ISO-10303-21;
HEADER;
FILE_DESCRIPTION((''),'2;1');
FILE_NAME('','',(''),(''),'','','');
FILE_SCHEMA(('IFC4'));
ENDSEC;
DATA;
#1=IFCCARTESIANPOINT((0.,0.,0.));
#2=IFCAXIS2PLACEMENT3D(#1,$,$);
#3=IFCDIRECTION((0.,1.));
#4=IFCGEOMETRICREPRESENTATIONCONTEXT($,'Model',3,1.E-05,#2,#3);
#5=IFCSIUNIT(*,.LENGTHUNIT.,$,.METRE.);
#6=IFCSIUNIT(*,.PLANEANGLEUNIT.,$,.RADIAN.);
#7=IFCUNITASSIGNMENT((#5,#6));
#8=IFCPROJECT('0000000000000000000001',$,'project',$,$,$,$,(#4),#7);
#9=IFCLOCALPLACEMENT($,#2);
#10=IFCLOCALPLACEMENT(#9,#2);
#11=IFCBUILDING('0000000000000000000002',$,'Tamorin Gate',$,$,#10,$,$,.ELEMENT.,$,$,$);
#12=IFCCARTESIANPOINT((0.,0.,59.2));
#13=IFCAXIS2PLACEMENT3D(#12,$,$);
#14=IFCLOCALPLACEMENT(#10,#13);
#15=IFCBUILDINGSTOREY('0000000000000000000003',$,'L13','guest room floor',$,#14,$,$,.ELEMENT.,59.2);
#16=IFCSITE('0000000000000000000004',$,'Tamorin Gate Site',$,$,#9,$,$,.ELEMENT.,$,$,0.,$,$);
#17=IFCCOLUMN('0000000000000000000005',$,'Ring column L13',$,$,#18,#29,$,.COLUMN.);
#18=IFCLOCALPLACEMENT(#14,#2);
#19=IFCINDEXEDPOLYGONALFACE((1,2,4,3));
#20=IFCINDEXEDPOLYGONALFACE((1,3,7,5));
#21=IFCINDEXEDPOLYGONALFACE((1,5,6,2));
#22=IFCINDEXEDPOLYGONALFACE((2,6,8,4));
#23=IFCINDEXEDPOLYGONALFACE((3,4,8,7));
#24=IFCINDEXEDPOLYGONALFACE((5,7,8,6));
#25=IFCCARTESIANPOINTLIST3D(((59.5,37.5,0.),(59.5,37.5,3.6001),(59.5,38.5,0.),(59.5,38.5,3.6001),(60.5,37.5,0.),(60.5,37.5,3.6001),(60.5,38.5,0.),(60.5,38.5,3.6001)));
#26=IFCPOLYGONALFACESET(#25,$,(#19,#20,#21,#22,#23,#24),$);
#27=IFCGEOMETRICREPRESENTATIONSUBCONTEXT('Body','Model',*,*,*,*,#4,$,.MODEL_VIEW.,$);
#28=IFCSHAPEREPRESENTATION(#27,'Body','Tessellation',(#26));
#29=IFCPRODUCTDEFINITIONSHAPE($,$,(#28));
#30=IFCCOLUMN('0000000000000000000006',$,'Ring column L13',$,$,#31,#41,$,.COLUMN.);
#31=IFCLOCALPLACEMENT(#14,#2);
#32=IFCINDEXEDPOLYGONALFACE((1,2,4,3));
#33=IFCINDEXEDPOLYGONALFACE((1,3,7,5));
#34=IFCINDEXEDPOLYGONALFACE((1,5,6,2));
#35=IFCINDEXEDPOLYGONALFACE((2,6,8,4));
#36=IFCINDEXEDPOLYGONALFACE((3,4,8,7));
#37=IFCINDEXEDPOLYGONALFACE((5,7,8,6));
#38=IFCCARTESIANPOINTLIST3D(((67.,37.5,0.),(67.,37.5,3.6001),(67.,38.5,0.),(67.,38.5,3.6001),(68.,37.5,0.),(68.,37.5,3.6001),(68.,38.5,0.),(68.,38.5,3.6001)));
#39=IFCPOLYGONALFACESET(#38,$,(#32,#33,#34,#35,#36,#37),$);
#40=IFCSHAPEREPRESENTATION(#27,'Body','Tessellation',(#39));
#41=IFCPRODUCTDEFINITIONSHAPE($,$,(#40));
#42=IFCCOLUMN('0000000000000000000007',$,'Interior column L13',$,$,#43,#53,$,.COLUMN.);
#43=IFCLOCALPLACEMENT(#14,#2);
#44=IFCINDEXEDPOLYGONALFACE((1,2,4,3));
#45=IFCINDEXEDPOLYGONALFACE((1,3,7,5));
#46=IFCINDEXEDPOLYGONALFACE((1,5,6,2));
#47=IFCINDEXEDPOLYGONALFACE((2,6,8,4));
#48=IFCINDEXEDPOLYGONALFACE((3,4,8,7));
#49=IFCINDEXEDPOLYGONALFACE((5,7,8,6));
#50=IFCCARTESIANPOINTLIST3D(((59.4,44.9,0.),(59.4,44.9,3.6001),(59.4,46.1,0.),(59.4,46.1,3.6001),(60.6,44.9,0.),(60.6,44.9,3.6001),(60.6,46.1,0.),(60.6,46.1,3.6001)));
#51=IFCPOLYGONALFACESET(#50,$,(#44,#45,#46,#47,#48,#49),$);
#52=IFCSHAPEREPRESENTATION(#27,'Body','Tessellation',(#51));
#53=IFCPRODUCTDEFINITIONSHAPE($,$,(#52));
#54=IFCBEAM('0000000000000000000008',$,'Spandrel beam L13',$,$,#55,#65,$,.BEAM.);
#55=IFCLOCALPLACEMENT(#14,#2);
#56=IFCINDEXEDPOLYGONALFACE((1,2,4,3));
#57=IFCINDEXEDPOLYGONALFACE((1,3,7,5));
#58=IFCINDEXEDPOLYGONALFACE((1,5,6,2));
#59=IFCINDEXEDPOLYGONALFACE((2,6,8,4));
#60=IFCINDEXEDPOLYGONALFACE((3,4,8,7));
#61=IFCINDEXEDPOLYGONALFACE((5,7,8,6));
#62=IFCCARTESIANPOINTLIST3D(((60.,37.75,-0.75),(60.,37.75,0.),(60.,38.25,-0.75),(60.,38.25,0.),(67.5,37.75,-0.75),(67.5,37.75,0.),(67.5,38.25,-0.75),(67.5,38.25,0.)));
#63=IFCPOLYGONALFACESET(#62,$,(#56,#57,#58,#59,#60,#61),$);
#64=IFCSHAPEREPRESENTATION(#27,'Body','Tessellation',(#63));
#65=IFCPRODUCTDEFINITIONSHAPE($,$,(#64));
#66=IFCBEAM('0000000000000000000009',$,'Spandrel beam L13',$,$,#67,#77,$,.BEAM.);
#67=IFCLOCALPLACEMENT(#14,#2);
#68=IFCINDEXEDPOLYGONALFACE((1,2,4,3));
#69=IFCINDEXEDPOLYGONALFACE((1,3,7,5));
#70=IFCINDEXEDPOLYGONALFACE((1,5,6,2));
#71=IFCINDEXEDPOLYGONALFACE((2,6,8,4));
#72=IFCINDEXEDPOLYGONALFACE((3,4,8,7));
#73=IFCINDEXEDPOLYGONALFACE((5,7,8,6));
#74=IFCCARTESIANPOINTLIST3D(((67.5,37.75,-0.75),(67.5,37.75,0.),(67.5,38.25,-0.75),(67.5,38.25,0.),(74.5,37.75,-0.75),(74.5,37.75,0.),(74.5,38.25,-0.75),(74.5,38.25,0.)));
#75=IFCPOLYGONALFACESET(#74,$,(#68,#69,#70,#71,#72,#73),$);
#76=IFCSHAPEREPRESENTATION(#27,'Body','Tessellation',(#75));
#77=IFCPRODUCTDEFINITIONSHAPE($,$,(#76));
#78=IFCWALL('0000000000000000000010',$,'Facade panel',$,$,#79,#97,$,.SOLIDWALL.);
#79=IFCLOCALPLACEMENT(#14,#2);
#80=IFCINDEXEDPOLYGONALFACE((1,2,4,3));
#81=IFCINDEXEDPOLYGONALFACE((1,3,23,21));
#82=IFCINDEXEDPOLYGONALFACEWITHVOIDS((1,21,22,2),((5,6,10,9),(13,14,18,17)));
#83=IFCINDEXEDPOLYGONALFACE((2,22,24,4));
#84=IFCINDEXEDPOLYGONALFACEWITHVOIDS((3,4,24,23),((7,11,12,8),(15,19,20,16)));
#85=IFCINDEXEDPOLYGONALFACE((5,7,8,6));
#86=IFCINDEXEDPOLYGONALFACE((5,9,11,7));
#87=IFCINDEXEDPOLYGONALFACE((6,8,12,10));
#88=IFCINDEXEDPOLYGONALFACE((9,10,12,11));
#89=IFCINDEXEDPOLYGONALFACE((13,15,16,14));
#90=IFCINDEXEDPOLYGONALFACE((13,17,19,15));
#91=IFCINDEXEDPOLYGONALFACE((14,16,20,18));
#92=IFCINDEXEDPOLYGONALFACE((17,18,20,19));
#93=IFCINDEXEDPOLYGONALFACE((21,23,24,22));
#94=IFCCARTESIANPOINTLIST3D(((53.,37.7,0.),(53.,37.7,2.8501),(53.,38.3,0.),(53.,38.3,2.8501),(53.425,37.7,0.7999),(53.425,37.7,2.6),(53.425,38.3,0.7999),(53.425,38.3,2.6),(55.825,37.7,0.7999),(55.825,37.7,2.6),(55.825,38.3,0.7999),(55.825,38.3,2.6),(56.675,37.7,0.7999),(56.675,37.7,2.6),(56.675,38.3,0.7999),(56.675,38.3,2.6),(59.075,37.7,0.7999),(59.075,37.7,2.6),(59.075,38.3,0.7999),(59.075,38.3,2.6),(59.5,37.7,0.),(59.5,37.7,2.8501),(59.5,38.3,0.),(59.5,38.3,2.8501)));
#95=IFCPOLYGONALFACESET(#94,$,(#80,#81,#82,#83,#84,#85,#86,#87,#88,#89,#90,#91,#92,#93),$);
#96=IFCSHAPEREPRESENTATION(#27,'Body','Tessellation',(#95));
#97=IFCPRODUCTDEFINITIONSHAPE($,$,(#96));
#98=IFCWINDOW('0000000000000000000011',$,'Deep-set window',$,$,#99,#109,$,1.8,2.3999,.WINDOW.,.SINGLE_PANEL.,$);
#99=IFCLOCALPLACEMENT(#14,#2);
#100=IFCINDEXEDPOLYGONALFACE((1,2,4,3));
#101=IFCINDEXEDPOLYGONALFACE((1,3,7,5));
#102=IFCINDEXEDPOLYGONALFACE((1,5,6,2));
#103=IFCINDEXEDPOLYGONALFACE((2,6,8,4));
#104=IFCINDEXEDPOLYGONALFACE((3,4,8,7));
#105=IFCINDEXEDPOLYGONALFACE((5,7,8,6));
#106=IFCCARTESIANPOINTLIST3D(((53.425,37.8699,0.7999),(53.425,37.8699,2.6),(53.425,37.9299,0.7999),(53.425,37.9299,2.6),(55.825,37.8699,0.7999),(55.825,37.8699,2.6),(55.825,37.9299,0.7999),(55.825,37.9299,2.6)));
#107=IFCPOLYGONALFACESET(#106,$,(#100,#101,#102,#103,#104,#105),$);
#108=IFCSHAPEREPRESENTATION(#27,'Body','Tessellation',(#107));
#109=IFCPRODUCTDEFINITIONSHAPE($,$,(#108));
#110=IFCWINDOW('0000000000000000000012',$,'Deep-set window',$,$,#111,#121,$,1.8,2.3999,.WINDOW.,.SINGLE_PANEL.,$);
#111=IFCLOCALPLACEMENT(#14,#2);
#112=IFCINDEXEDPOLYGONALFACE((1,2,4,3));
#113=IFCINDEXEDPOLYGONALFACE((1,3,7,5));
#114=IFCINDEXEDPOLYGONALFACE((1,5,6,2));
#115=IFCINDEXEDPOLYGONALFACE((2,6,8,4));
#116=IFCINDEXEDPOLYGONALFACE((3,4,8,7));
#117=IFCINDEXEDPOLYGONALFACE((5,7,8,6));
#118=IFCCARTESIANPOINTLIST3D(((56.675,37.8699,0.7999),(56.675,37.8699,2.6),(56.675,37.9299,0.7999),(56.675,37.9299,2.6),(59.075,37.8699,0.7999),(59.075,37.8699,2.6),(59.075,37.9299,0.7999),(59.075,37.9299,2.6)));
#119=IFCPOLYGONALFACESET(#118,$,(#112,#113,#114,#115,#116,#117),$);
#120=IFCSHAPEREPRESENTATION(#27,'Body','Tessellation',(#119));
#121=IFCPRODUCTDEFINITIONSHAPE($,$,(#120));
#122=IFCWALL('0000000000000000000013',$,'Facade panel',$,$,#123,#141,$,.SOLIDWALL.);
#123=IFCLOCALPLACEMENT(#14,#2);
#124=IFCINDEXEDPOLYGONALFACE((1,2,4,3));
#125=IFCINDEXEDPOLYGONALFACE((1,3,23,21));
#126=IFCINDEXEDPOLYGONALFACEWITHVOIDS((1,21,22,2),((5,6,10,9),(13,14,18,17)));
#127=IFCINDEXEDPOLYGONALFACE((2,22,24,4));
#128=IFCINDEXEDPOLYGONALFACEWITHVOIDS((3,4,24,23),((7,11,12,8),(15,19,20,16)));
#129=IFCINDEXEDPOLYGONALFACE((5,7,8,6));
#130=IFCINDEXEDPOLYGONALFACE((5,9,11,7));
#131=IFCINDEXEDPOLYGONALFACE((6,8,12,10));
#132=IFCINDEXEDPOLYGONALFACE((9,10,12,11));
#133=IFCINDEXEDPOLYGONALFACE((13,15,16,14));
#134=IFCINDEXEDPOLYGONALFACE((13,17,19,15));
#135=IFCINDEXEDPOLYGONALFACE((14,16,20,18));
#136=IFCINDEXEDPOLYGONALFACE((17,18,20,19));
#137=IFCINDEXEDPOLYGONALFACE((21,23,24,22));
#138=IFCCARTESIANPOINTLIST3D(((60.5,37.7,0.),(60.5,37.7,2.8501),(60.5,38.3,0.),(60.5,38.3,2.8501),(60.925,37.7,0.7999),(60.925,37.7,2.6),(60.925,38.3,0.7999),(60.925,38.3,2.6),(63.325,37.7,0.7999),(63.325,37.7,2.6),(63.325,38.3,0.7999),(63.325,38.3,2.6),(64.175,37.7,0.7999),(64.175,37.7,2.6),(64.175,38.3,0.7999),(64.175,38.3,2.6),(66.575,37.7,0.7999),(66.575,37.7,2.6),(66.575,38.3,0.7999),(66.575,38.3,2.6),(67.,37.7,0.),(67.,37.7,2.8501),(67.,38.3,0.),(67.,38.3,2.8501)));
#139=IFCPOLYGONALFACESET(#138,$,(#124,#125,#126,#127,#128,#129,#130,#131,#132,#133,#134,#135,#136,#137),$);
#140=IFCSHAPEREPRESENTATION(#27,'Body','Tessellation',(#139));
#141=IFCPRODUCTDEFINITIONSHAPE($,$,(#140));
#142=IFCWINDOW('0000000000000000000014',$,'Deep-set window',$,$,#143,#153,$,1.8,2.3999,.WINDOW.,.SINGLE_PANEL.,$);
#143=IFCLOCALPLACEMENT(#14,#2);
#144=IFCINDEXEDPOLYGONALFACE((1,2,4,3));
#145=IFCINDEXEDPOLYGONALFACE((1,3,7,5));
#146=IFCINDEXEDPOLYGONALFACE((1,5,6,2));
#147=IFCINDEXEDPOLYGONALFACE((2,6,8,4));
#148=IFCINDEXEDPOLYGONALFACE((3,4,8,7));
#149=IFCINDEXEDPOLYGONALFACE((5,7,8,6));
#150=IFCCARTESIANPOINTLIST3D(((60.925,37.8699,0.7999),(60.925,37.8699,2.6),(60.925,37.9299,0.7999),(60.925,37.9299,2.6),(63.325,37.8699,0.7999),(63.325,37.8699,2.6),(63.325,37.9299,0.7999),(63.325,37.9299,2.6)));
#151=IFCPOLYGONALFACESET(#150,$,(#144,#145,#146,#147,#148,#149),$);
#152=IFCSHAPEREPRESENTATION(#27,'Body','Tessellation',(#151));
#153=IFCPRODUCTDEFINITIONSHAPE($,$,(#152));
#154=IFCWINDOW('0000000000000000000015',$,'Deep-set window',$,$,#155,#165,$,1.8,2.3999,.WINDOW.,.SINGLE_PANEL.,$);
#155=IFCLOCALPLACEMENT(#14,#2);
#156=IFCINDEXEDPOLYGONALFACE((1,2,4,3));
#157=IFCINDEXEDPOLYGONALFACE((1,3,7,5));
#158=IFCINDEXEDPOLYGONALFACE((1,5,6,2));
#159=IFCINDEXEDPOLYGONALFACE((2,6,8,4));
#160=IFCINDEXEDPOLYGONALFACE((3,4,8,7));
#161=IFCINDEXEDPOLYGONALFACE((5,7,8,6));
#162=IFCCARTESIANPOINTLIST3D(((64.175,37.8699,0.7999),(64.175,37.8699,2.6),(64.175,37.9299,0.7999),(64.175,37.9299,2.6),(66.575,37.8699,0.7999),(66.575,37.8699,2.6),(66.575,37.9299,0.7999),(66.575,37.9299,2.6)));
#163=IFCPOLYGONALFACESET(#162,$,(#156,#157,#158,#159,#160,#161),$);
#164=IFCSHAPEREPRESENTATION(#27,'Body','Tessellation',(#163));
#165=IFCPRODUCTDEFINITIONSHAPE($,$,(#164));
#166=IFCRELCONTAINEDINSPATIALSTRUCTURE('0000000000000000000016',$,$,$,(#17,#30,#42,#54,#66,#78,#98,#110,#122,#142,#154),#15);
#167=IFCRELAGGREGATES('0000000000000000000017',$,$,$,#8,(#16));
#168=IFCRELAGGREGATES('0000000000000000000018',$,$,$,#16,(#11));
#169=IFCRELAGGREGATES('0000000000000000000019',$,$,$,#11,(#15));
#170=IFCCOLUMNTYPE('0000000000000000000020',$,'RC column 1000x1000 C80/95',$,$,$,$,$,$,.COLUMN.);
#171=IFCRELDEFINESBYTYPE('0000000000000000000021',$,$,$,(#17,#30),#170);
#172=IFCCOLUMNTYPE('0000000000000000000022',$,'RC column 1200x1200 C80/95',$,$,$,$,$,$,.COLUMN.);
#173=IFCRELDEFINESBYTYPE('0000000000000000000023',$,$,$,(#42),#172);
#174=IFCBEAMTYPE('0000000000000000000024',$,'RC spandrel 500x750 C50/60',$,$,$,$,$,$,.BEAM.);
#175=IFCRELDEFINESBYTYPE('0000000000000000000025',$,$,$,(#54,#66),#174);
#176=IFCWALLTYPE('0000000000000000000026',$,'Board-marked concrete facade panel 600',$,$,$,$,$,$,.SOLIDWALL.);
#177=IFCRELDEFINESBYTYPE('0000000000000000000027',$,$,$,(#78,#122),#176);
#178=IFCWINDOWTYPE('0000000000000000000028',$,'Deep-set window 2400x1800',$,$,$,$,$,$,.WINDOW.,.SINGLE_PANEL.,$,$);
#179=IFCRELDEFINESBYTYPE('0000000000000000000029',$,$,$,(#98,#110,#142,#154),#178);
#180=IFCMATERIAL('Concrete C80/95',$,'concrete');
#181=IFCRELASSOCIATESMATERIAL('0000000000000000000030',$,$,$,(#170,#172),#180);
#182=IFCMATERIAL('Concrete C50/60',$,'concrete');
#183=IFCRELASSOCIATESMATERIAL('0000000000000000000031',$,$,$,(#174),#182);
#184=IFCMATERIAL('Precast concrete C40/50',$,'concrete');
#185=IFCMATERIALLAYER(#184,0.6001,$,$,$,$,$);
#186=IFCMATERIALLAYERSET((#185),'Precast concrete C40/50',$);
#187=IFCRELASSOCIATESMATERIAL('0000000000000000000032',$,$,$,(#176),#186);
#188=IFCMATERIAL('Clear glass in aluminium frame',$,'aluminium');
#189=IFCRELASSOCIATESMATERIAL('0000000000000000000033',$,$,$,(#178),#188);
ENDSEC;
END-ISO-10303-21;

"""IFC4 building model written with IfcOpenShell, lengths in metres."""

from ifc_helpers import new_model, si_unit, direction, frame, frame_2d, origin, origin_2d, place, context, subcontext, project, spatial, rectangle, extrude, material, layer, layer_set, material_profile, profile_set, type_object, element, fill, save


model = new_model("IFC4")

# Units and contexts
model_context = context("Model", 3, precision=1e-05, world=origin(), true_north=direction((0.0, 1.0)))
body_context = subcontext(model_context, "Body", "Model", "MODEL_VIEW")
ifc_project = project(units=[si_unit("LENGTHUNIT", "METRE"), si_unit("PLANEANGLEUNIT", "RADIAN")], contexts=[model_context])

# Site, building, storey
site_placement = place(None, origin())
site = spatial("IfcSite", under=ifc_project, at=site_placement, Name="Tamorin Gate Site", CompositionType="ELEMENT", RefElevation=0.0)
building_placement = place(site_placement, origin())
building = spatial("IfcBuilding", under=site, at=building_placement, Name="Tamorin Gate", CompositionType="ELEMENT")
storey_placement = place(building_placement, frame((0.0, 0.0, 59.2)))
storey = spatial("IfcBuildingStorey", under=building, at=storey_placement, Name="L13", Description="guest room floor", CompositionType="ELEMENT", Elevation=59.2)

# Columns
ifc_material_1 = material(Name="Concrete C80/95", Category="concrete")
ifc_material_profile_1 = material_profile(ifc_material_1, rectangle(XDim=1.0, YDim=1.0, at=origin_2d()), Name="RC 1000x1000")
ifc_profile_set_1 = profile_set([ifc_material_profile_1], Name="Concrete C80/95")
column_type_1 = type_object("IfcColumnType", Name="RC column 1000x1000 C80/95", PredefinedType="COLUMN", material=ifc_profile_set_1)
for number, where, z_axis, x_axis, name in (
    (1, (60.0, 38.0, 0.0), (0.0, 0.0, 1.0), (1.0, 0.0, 0.0), "Ring column L13"),
    (2, (67.5, 38.0, 0.0), (0.0, 0.0, 1.0), (1.0, 0.0, 0.0), "Ring column L13"),
):
    element("IfcColumn", number, at=place(storey_placement, frame(where, z_axis=z_axis, x_axis=x_axis)), inside=storey, type_object=column_type_1, Name=name, PredefinedType="COLUMN", context=body_context, shape_type="SweptSolid", body=[
        extrude(rectangle(XDim=1.0, YDim=1.0, at=origin_2d()), origin(), (0.0, 0.0, 1.0), 3.6001),
    ])
ifc_material_profile_2 = material_profile(ifc_material_1, rectangle(XDim=1.2, YDim=1.2, at=origin_2d()), Name="RC 1200x1200")
ifc_profile_set_2 = profile_set([ifc_material_profile_2], Name="Concrete C80/95")
column_type_2 = type_object("IfcColumnType", Name="RC column 1200x1200 C80/95", PredefinedType="COLUMN", material=ifc_profile_set_2)
column_placement = place(storey_placement, frame((60.0, 45.5, 0.0), z_axis=(0.0, 0.0, 1.0), x_axis=(1.0, 0.0, 0.0)))
element("IfcColumn", 3, at=column_placement, inside=storey, type_object=column_type_2, Name="Interior column L13", PredefinedType="COLUMN", context=body_context, shape_type="SweptSolid", body=[
    extrude(rectangle(XDim=1.2, YDim=1.2, at=origin_2d()), origin(), (0.0, 0.0, 1.0), 3.6001),
])

# Beams
ifc_material_2 = material(Name="Concrete C50/60", Category="concrete")
ifc_material_profile_3 = material_profile(ifc_material_2, rectangle(XDim=0.5, YDim=0.75, at=origin_2d()), Name="RC 500x750")
ifc_profile_set_3 = profile_set([ifc_material_profile_3], Name="Concrete C50/60")
beam_type = type_object("IfcBeamType", Name="RC spandrel 500x750 C50/60", PredefinedType="BEAM", material=ifc_profile_set_3)
beam_1_placement = place(storey_placement, frame((60.0, 38.0, -0.375), z_axis=(1.0, 0.0, 0.0), x_axis=(0.0, 1.0, 0.0)))
element("IfcBeam", 4, at=beam_1_placement, inside=storey, type_object=beam_type, Name="Spandrel beam L13", PredefinedType="BEAM", context=body_context, shape_type="SweptSolid", body=[
    extrude(rectangle(XDim=0.5, YDim=0.75, at=origin_2d()), origin(), (0.0, 0.0, 1.0), 7.5),
])
beam_2_placement = place(storey_placement, frame((67.5, 38.0, -0.375), z_axis=(1.0, 0.0, 0.0), x_axis=(0.0, 1.0, 0.0)))
element("IfcBeam", 5, at=beam_2_placement, inside=storey, type_object=beam_type, Name="Spandrel beam L13", PredefinedType="BEAM", context=body_context, shape_type="SweptSolid", body=[
    extrude(rectangle(XDim=0.5, YDim=0.75, at=origin_2d()), origin(), (0.0, 0.0, 1.0), 7.0),
])

# Walls, openings, windows
ifc_material_3 = material(Name="Precast concrete C40/50", Category="concrete")
ifc_layer_1 = layer(ifc_material_3, 0.6001)
ifc_layer_set_1 = layer_set([ifc_layer_1], Name="Precast concrete C40/50")
wall_type_1 = type_object("IfcWallType", Name="Board-marked concrete facade panel 600", PredefinedType="SOLIDWALL", material=ifc_layer_set_1)
wall_1_placement = place(storey_placement, frame((53.0, 38.0, 0.0), z_axis=(0.0, 0.0, 1.0), x_axis=(1.0, 0.0, 0.0)))
wall_1 = element("IfcWall", 6, at=wall_1_placement, inside=storey, type_object=wall_type_1, Name="Facade panel", PredefinedType="SOLIDWALL", context=body_context, shape_type="SweptSolid", body=[
    extrude(rectangle(XDim=6.5, YDim=0.6001, at=frame_2d((3.25, 0.0))), origin(), (0.0, 0.0, 1.0), 2.8501),
])
opening_1_placement = place(wall_1_placement, frame((0.425, 0.0, 0.8)))
opening_1 = element("IfcOpeningElement", 7, at=opening_1_placement, cuts=wall_1, PredefinedType="OPENING", context=body_context, shape_type="SweptSolid", body=[
    extrude(rectangle(XDim=2.3999, YDim=1.8, at=frame_2d((1.2, 0.8999))), frame((0.0, 0.3101, 0.0), z_axis=(0.0, -1.0, 0.0), x_axis=(1.0, 0.0, 0.0)), (0.0, 0.0, 1.0), 0.6201),
])
opening_2_placement = place(wall_1_placement, frame((3.675, 0.0, 0.8)))
opening_2 = element("IfcOpeningElement", 8, at=opening_2_placement, cuts=wall_1, PredefinedType="OPENING", context=body_context, shape_type="SweptSolid", body=[
    extrude(rectangle(XDim=2.3999, YDim=1.8, at=frame_2d((1.2, 0.8999))), frame((0.0, 0.3101, 0.0), z_axis=(0.0, -1.0, 0.0), x_axis=(1.0, 0.0, 0.0)), (0.0, 0.0, 1.0), 0.6201),
])
ifc_material_4 = material(Name="Clear glass in aluminium frame", Category="aluminium")
window_type = type_object("IfcWindowType", Name="Deep-set window 2400x1800", PartitioningType="SINGLE_PANEL", PredefinedType="WINDOW", material=ifc_material_4)
window_1_placement = place(opening_1_placement, origin())
window_1 = element("IfcWindow", 9, at=window_1_placement, inside=storey, type_object=window_type, Name="Deep-set window", OverallHeight=1.8, OverallWidth=2.3999, PartitioningType="SINGLE_PANEL", PredefinedType="WINDOW", context=body_context, shape_type="SweptSolid", body=[
    extrude(rectangle(XDim=2.3999, YDim=1.8, at=frame_2d((1.2, 0.8999))), frame((0.0, -0.0701, 0.0), z_axis=(0.0, -1.0, 0.0), x_axis=(1.0, 0.0, 0.0)), (0.0, 0.0, 1.0), 0.0601),
])
fill(opening_1, window_1)
window_2_placement = place(opening_2_placement, origin())
window_2 = element("IfcWindow", 10, at=window_2_placement, inside=storey, type_object=window_type, Name="Deep-set window", OverallHeight=1.8, OverallWidth=2.3999, PartitioningType="SINGLE_PANEL", PredefinedType="WINDOW", context=body_context, shape_type="SweptSolid", body=[
    extrude(rectangle(XDim=2.3999, YDim=1.8, at=frame_2d((1.2, 0.8999))), frame((0.0, -0.0701, 0.0), z_axis=(0.0, -1.0, 0.0), x_axis=(1.0, 0.0, 0.0)), (0.0, 0.0, 1.0), 0.0601),
])
fill(opening_2, window_2)
wall_2_placement = place(storey_placement, frame((60.5, 38.0, 0.0), z_axis=(0.0, 0.0, 1.0), x_axis=(1.0, 0.0, 0.0)))
wall_2 = element("IfcWall", 11, at=wall_2_placement, inside=storey, type_object=wall_type_1, Name="Facade panel", PredefinedType="SOLIDWALL", context=body_context, shape_type="SweptSolid", body=[
    extrude(rectangle(XDim=6.5, YDim=0.6001, at=frame_2d((3.25, 0.0))), origin(), (0.0, 0.0, 1.0), 2.8501),
])
opening_3_placement = place(wall_2_placement, frame((0.425, 0.0, 0.8)))
opening_3 = element("IfcOpeningElement", 12, at=opening_3_placement, cuts=wall_2, PredefinedType="OPENING", context=body_context, shape_type="SweptSolid", body=[
    extrude(rectangle(XDim=2.3999, YDim=1.8, at=frame_2d((1.2, 0.8999))), frame((0.0, 0.3101, 0.0), z_axis=(0.0, -1.0, 0.0), x_axis=(1.0, 0.0, 0.0)), (0.0, 0.0, 1.0), 0.6201),
])
opening_4_placement = place(wall_2_placement, frame((3.675, 0.0, 0.8)))
opening_4 = element("IfcOpeningElement", 13, at=opening_4_placement, cuts=wall_2, PredefinedType="OPENING", context=body_context, shape_type="SweptSolid", body=[
    extrude(rectangle(XDim=2.3999, YDim=1.8, at=frame_2d((1.2, 0.8999))), frame((0.0, 0.3101, 0.0), z_axis=(0.0, -1.0, 0.0), x_axis=(1.0, 0.0, 0.0)), (0.0, 0.0, 1.0), 0.6201),
])
window_3_placement = place(opening_3_placement, origin())
window_3 = element("IfcWindow", 14, at=window_3_placement, inside=storey, type_object=window_type, Name="Deep-set window", OverallHeight=1.8, OverallWidth=2.3999, PartitioningType="SINGLE_PANEL", PredefinedType="WINDOW", context=body_context, shape_type="SweptSolid", body=[
    extrude(rectangle(XDim=2.3999, YDim=1.8, at=frame_2d((1.2, 0.8999))), frame((0.0, -0.0701, 0.0), z_axis=(0.0, -1.0, 0.0), x_axis=(1.0, 0.0, 0.0)), (0.0, 0.0, 1.0), 0.0601),
])
fill(opening_3, window_3)
window_4_placement = place(opening_4_placement, origin())
window_4 = element("IfcWindow", 15, at=window_4_placement, inside=storey, type_object=window_type, Name="Deep-set window", OverallHeight=1.8, OverallWidth=2.3999, PartitioningType="SINGLE_PANEL", PredefinedType="WINDOW", context=body_context, shape_type="SweptSolid", body=[
    extrude(rectangle(XDim=2.3999, YDim=1.8, at=frame_2d((1.2, 0.8999))), frame((0.0, -0.0701, 0.0), z_axis=(0.0, -1.0, 0.0), x_axis=(1.0, 0.0, 0.0)), (0.0, 0.0, 1.0), 0.0601),
])
fill(opening_4, window_4)

save(model, "model.ifc")
